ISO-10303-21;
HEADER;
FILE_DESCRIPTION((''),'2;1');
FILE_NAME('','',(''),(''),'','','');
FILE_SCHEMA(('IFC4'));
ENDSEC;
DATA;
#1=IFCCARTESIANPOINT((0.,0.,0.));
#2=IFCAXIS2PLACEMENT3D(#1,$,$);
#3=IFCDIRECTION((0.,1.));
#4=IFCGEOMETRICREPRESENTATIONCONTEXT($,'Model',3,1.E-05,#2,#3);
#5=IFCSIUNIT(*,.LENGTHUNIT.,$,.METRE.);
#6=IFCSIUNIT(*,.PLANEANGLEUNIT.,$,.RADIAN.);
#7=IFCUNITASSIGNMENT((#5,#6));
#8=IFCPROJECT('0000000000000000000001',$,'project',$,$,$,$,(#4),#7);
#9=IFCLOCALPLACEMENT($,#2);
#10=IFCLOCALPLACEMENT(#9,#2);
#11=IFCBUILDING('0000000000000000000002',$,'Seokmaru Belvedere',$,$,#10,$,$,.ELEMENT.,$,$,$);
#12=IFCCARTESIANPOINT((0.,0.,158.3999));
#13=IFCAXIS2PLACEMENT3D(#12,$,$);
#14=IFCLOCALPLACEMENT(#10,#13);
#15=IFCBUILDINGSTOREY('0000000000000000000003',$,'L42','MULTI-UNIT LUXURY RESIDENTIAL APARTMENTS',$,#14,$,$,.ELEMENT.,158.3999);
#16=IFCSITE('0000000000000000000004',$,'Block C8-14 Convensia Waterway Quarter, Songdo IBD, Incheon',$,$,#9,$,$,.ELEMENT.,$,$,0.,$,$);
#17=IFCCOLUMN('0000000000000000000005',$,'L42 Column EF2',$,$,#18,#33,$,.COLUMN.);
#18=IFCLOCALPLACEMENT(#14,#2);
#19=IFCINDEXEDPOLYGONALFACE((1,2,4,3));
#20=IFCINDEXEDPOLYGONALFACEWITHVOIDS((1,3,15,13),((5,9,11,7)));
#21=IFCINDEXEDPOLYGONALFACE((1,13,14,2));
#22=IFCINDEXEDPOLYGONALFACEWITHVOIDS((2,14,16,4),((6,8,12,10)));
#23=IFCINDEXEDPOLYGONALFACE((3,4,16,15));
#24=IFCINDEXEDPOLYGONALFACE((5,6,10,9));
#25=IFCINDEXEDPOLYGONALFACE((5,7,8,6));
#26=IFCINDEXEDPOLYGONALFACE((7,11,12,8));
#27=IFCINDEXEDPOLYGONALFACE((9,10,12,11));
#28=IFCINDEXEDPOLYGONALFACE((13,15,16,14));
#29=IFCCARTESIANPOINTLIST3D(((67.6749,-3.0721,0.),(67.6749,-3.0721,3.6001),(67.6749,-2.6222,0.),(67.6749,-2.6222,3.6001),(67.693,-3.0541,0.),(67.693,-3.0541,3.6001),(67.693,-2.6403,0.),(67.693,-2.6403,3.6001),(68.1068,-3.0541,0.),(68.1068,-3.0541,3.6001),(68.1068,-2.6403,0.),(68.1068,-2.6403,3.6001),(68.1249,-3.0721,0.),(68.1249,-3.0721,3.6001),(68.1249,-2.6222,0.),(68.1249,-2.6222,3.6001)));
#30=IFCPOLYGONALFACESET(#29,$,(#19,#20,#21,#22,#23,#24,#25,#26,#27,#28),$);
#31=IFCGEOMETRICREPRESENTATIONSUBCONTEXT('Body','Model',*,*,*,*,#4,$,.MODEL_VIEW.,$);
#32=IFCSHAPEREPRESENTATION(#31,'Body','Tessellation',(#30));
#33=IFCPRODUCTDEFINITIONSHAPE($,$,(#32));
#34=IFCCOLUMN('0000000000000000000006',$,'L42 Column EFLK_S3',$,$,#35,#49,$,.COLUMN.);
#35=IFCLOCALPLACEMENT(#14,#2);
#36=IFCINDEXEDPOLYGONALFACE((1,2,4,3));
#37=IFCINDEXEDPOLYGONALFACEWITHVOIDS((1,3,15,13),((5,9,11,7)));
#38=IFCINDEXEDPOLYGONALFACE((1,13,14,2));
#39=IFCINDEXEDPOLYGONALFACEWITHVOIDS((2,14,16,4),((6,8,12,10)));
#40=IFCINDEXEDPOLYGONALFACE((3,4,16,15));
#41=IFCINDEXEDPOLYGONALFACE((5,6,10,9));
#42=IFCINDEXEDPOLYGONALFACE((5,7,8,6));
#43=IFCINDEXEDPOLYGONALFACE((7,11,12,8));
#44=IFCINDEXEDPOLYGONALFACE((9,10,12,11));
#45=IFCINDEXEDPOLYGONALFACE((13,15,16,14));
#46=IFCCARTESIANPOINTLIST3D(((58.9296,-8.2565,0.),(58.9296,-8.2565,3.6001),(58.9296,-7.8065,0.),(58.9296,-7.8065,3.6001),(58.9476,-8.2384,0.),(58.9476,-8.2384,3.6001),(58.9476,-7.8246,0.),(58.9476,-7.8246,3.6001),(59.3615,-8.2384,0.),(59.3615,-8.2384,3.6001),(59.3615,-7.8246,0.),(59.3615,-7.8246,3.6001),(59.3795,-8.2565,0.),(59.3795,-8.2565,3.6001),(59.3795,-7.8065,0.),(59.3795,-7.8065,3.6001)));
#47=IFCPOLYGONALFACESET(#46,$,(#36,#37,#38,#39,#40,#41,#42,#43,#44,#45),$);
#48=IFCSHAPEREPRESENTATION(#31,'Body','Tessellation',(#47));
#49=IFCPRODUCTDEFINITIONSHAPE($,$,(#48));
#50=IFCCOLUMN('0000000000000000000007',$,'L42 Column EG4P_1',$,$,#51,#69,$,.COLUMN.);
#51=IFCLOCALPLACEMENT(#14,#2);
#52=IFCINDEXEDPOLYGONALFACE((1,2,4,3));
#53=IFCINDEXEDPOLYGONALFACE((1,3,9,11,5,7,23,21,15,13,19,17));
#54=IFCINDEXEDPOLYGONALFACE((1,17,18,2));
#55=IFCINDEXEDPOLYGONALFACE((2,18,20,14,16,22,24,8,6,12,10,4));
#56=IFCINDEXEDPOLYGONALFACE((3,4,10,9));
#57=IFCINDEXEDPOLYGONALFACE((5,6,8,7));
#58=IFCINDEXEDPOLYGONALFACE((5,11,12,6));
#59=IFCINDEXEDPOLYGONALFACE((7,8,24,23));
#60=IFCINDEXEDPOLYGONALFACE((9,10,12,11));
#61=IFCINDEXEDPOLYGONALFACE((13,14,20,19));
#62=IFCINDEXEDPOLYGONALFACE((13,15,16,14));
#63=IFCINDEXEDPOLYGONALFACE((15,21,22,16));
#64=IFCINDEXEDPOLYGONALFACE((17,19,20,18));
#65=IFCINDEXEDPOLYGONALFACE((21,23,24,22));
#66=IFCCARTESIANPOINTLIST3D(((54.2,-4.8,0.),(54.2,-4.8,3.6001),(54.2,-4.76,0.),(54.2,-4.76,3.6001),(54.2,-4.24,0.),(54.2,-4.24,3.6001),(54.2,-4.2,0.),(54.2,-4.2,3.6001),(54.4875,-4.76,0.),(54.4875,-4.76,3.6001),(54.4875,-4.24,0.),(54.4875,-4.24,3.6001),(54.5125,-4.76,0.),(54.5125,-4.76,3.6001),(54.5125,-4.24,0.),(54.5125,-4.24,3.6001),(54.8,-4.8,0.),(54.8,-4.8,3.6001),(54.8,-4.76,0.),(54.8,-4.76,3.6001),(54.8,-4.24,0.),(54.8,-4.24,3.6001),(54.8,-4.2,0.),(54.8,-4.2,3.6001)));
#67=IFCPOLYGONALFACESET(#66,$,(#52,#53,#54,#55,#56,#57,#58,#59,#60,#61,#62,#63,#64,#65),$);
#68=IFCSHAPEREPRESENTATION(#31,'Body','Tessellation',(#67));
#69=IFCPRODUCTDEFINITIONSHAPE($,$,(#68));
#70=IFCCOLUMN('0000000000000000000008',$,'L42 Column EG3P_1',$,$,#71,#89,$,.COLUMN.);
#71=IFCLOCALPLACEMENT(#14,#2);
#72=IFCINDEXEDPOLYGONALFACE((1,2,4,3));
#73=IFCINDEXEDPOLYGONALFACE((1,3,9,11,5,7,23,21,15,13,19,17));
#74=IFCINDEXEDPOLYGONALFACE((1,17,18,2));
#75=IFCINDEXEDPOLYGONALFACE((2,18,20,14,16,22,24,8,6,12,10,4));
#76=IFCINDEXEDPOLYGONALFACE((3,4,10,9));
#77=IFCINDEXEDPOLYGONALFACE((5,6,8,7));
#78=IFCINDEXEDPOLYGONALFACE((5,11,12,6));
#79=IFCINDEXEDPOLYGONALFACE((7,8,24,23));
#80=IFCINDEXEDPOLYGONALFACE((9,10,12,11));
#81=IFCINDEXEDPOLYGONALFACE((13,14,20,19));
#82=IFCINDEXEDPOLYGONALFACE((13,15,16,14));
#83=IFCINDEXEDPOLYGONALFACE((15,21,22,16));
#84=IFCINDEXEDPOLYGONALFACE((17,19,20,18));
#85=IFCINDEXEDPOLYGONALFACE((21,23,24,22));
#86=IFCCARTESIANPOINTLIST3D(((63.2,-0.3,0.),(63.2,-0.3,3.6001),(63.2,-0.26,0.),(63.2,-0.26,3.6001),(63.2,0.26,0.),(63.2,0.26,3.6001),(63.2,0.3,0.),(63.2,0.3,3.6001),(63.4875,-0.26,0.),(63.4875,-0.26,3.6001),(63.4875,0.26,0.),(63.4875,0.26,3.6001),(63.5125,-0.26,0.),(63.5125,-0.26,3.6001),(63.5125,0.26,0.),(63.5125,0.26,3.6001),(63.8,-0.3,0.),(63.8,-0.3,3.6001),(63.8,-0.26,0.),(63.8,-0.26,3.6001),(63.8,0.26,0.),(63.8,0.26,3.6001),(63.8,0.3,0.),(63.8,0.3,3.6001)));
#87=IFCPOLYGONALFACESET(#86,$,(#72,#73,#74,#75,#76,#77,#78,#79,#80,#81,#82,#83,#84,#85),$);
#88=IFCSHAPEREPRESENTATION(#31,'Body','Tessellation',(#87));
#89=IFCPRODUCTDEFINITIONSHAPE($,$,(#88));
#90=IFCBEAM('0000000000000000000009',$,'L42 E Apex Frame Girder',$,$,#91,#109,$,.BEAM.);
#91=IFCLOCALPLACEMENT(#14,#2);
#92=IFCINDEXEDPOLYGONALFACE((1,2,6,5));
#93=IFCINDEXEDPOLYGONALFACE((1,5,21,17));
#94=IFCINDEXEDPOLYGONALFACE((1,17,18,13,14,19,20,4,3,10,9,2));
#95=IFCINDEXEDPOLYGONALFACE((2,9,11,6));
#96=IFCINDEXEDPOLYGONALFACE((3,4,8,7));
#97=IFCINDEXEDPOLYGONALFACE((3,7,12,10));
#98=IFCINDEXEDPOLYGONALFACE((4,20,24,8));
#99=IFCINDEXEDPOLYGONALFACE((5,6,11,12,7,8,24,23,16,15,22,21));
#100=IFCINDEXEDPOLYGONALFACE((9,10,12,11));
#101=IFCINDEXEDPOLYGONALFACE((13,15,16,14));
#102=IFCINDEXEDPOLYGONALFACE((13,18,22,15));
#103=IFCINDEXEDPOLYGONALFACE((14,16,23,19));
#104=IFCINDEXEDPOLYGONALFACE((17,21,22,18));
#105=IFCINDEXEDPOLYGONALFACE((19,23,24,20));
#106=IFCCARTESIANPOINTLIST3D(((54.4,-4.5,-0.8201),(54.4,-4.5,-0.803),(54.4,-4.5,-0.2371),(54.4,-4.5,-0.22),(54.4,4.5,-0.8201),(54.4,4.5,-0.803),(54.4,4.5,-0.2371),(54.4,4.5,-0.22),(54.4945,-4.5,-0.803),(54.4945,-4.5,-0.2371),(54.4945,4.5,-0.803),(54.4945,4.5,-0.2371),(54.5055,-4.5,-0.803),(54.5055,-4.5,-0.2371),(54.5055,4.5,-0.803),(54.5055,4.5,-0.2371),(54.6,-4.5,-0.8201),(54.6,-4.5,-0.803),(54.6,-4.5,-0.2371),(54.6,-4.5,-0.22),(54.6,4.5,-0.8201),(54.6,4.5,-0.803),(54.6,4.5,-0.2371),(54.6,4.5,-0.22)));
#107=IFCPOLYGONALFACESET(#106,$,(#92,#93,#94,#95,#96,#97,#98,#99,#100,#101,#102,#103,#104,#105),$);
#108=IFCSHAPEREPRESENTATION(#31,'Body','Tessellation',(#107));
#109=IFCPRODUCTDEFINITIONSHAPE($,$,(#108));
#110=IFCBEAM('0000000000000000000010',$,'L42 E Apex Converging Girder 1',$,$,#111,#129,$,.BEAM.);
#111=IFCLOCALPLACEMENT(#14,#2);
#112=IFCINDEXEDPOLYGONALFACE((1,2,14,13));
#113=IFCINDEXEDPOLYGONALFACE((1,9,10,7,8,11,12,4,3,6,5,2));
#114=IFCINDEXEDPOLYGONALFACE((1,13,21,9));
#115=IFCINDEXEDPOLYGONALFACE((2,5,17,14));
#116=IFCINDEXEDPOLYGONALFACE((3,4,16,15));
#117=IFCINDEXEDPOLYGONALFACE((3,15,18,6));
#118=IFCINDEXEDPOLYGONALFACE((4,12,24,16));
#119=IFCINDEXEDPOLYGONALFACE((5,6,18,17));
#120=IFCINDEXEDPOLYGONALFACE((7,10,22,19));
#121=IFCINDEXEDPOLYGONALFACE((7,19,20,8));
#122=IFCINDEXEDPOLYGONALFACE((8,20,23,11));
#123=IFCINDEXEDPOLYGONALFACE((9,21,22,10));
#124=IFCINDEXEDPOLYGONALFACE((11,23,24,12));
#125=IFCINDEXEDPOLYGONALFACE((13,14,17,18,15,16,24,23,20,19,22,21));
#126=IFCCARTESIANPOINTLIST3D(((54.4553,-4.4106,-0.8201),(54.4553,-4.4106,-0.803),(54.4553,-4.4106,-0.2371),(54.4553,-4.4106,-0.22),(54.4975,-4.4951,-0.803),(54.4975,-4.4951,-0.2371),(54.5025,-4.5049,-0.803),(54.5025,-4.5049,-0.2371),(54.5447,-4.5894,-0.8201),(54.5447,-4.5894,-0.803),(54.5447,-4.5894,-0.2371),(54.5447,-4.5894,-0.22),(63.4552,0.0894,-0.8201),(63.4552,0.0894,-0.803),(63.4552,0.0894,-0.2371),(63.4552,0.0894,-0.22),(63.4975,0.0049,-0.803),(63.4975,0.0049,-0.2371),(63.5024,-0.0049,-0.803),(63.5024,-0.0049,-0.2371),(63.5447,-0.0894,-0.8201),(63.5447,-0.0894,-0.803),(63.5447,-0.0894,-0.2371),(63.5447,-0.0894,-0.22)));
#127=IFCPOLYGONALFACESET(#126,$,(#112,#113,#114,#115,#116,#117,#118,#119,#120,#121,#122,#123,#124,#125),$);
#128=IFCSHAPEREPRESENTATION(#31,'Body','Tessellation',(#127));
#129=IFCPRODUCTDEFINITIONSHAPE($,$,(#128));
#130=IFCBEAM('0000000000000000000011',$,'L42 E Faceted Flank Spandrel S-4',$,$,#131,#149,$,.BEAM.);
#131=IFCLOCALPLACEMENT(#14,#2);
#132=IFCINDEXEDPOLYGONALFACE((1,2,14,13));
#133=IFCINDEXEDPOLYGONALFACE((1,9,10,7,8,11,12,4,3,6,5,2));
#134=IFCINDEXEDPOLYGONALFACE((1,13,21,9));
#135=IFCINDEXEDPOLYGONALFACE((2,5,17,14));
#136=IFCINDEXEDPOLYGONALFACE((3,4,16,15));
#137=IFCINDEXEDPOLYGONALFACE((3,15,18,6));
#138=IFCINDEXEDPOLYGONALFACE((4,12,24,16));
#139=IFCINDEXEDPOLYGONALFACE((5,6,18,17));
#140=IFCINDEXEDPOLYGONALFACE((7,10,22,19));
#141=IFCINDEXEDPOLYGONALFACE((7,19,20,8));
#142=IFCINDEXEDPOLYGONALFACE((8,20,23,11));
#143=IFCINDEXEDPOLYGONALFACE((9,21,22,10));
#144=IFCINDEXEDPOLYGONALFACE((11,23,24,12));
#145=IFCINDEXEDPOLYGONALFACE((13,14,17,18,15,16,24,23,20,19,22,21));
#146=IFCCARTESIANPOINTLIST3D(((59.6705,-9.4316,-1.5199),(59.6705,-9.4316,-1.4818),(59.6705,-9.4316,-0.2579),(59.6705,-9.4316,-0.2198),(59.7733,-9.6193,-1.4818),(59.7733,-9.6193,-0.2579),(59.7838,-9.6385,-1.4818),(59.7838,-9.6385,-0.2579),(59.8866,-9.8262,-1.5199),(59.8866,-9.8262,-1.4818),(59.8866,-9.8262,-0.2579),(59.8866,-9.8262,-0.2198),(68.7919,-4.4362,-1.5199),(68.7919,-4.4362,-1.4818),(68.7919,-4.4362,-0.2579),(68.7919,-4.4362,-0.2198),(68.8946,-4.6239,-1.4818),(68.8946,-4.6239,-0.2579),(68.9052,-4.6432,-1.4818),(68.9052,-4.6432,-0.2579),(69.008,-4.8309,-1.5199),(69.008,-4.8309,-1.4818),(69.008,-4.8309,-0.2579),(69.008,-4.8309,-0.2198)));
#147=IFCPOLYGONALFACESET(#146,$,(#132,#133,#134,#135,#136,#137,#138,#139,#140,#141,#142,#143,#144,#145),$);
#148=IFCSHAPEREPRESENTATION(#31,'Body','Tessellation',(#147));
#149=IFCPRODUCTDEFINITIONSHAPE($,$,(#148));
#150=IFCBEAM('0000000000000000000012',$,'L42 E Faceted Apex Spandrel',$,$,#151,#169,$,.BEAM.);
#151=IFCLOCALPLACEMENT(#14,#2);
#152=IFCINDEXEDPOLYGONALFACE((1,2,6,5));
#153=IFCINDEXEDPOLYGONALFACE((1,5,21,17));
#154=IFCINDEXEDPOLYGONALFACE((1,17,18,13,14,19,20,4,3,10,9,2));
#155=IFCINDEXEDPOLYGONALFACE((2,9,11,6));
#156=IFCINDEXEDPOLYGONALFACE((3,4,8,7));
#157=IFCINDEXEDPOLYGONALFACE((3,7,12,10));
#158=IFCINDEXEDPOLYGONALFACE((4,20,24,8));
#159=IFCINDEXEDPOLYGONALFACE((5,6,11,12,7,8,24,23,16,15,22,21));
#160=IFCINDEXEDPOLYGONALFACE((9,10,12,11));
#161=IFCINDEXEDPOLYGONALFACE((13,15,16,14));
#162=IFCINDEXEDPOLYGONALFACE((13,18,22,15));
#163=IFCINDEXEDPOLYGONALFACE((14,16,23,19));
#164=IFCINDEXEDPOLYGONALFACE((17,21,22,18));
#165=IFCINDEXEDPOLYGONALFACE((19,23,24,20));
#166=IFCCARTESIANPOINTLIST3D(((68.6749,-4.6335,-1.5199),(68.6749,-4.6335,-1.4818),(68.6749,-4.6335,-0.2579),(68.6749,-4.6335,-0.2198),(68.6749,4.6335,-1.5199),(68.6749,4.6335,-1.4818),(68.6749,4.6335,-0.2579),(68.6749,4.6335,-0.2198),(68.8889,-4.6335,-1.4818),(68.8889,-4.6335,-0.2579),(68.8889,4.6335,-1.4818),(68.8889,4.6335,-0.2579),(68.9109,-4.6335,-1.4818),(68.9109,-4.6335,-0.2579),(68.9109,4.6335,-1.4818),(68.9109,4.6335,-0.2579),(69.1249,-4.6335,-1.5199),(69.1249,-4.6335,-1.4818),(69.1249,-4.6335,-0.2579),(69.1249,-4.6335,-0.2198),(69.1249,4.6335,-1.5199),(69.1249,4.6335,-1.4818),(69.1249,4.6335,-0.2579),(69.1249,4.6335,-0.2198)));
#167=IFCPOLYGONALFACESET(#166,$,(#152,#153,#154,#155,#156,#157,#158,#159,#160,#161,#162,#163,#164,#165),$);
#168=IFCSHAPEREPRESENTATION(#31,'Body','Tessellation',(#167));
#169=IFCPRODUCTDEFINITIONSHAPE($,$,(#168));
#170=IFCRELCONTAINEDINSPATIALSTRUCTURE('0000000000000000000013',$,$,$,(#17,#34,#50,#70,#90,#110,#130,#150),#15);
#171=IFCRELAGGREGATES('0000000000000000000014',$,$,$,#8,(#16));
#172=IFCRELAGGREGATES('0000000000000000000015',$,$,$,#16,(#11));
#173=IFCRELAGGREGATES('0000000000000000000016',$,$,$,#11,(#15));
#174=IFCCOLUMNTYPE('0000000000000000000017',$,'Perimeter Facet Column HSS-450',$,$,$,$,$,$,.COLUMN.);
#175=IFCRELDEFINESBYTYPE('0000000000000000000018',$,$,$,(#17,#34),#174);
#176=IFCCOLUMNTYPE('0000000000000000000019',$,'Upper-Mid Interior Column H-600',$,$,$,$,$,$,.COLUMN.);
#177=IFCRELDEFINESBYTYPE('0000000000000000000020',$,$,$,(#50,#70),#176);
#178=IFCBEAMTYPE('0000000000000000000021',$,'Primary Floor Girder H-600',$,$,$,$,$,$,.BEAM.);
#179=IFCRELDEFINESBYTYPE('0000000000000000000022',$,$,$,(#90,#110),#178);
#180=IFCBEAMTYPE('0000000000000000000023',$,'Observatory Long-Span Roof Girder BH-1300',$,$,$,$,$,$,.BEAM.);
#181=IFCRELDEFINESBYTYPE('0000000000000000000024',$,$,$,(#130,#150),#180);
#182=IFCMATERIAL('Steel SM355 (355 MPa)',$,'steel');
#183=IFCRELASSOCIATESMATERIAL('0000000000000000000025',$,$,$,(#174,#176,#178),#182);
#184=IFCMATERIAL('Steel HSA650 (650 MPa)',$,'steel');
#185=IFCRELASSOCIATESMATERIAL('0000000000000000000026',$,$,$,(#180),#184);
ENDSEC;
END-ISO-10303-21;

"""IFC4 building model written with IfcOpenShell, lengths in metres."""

from ifc_helpers import new_model, si_unit, direction, frame, origin, origin_2d, place, context, subcontext, project, spatial, hollow_rectangle, i_section, extrude, source, transform, mapped, material, material_profile, profile_set, type_object, type_shapes, element, save


model = new_model("IFC4")

# Units and contexts
model_context = context("Model", 3, precision=1e-05, world=origin(), true_north=direction((0.0, 1.0)))
body_context = subcontext(model_context, "Body", "Model", "MODEL_VIEW")
ifc_project = project(units=[si_unit("LENGTHUNIT", "METRE"), si_unit("PLANEANGLEUNIT", "RADIAN")], contexts=[model_context])

# Site, building, storey
site_placement = place(None, origin())
site = spatial("IfcSite", under=ifc_project, at=site_placement, Name="Block C8-14 Convensia Waterway Quarter, Songdo IBD, Incheon", CompositionType="ELEMENT", RefElevation=0.0)
building_placement = place(site_placement, origin())
building = spatial("IfcBuilding", under=site, at=building_placement, Name="Seokmaru Belvedere", CompositionType="ELEMENT")
storey_placement = place(building_placement, frame((0.0, 0.0, 158.3999)))
storey = spatial("IfcBuildingStorey", under=building, at=storey_placement, Name="L42", Description="MULTI-UNIT LUXURY RESIDENTIAL APARTMENTS", CompositionType="ELEMENT", Elevation=158.3999)

# Columns
ifc_material_1 = material(Name="Steel SM355 (355 MPa)", Category="steel")
ifc_material_profile_1 = material_profile(ifc_material_1, hollow_rectangle(XDim=0.45, YDim=0.45, WallThickness=0.0181, at=origin_2d()), Name="HSS-450x450x18")
ifc_profile_set_1 = profile_set([ifc_material_profile_1], Name="Steel SM355 (355 MPa)")
column_type_1 = type_object("IfcColumnType", Name="Perimeter Facet Column HSS-450", PredefinedType="COLUMN", material=ifc_profile_set_1)
shared_shape_1 = source(origin(), body_context, "Body", "SweptSolid", [
    extrude(hollow_rectangle(XDim=0.45, YDim=0.45, WallThickness=0.0181, at=origin_2d()), origin(), (0.0, 0.0, 1.0), 3.6001),
])
type_shapes(column_type_1, [shared_shape_1])
for number, where, z_axis, x_axis, name in (
    (1, (67.8999, -2.8472, 0.0), (0.0, 0.0, 1.0), (1.0, 0.0, 0.0), "L42 Column EF2"),
    (2, (59.1545, -8.0315, 0.0), (0.0, 0.0, 1.0), (1.0, 0.0, 0.0), "L42 Column EFLK_S3"),
):
    element("IfcColumn", number, at=place(storey_placement, frame(where, z_axis=z_axis, x_axis=x_axis)), inside=storey, type_object=column_type_1, Name=name, PredefinedType="COLUMN", context=body_context, shape_type="MappedRepresentation", body=[
        mapped(shared_shape_1, transform((0.0, 0.0, 0.0), scale=1.0)),
    ])
ifc_material_profile_2 = material_profile(ifc_material_1, i_section(OverallWidth=0.6001, OverallDepth=0.6001, WebThickness=0.0249, FlangeThickness=0.04, at=origin_2d()), Name="H-600x600x25x40")
ifc_profile_set_2 = profile_set([ifc_material_profile_2], Name="Steel SM355 (355 MPa)")
column_type_2 = type_object("IfcColumnType", Name="Upper-Mid Interior Column H-600", PredefinedType="COLUMN", material=ifc_profile_set_2)
shared_shape_2 = source(origin(), body_context, "Body", "SweptSolid", [
    extrude(i_section(OverallWidth=0.6001, OverallDepth=0.6001, WebThickness=0.0249, FlangeThickness=0.04, at=origin_2d()), origin(), (0.0, 0.0, 1.0), 3.6001),
])
type_shapes(column_type_2, [shared_shape_2])
for number, where, z_axis, x_axis, name in (
    (3, (54.5, -4.5, 0.0), (0.0, 0.0, 1.0), (1.0, 0.0, 0.0), "L42 Column EG4P_1"),
    (4, (63.5, 0.0, 0.0), (0.0, 0.0, 1.0), (1.0, 0.0, 0.0), "L42 Column EG3P_1"),
):
    element("IfcColumn", number, at=place(storey_placement, frame(where, z_axis=z_axis, x_axis=x_axis)), inside=storey, type_object=column_type_2, Name=name, PredefinedType="COLUMN", context=body_context, shape_type="MappedRepresentation", body=[
        mapped(shared_shape_2, transform((0.0, 0.0, 0.0), scale=1.0)),
    ])

# Beams
ifc_material_profile_3 = material_profile(ifc_material_1, i_section(OverallWidth=0.2, OverallDepth=0.6001, WebThickness=0.011, FlangeThickness=0.0171, at=origin_2d()), Name="H-600x200x11x17")
ifc_profile_set_3 = profile_set([ifc_material_profile_3], Name="Steel SM355 (355 MPa)")
beam_type_1 = type_object("IfcBeamType", Name="Primary Floor Girder H-600", PredefinedType="BEAM", material=ifc_profile_set_3)
shared_shape_3 = source(origin(), body_context, "Body", "SweptSolid", [
    extrude(i_section(OverallWidth=0.2, OverallDepth=0.6001, WebThickness=0.011, FlangeThickness=0.0171, at=origin_2d()), origin(), (0.0, 0.0, 1.0), 9.0),
])
beam_1_placement = place(storey_placement, frame((54.5, -4.5, -0.52), z_axis=(0.0, 1.0, 0.0), x_axis=(-1.0, 0.0, 0.0)))
element("IfcBeam", 5, at=beam_1_placement, inside=storey, type_object=beam_type_1, Name="L42 E Apex Frame Girder", PredefinedType="BEAM", context=body_context, shape_type="MappedRepresentation", body=[
    mapped(shared_shape_3, transform((0.0, 0.0, 0.0), scale=1.0)),
])
shared_shape_4 = source(origin(), body_context, "Body", "SweptSolid", [
    extrude(i_section(OverallWidth=0.2, OverallDepth=0.6001, WebThickness=0.011, FlangeThickness=0.0171, at=origin_2d()), origin(), (0.0, 0.0, 1.0), 10.0623),
])
type_shapes(beam_type_1, [shared_shape_3, shared_shape_4])
beam_2_placement = place(storey_placement, frame((54.5, -4.5, -0.52), z_axis=(0.894427, 0.447214, 0.0), x_axis=(-0.447214, 0.894427, 0.0)))
element("IfcBeam", 6, at=beam_2_placement, inside=storey, type_object=beam_type_1, Name="L42 E Apex Converging Girder 1", PredefinedType="BEAM", context=body_context, shape_type="MappedRepresentation", body=[
    mapped(shared_shape_4, transform((0.0, 0.0, 0.0), scale=1.0)),
])
ifc_material_2 = material(Name="Steel HSA650 (650 MPa)", Category="steel")
ifc_material_profile_4 = material_profile(ifc_material_2, i_section(OverallWidth=0.45, OverallDepth=1.3, WebThickness=0.022, FlangeThickness=0.0381, at=origin_2d()), Name="BH-1300x450x22x38")
ifc_profile_set_4 = profile_set([ifc_material_profile_4], Name="Steel HSA650 (650 MPa)")
beam_type_2 = type_object("IfcBeamType", Name="Observatory Long-Span Roof Girder BH-1300", PredefinedType="BEAM", material=ifc_profile_set_4)
shared_shape_5 = source(origin(), body_context, "Body", "SweptSolid", [
    extrude(i_section(OverallWidth=0.45, OverallDepth=1.3, WebThickness=0.022, FlangeThickness=0.0381, at=origin_2d()), origin(), (0.0, 0.0, 1.0), 10.3997),
])
beam_3_placement = place(storey_placement, frame((59.7786, -9.6289, -0.8699), z_axis=(0.877082, 0.48034, 0.0), x_axis=(-0.48034, 0.877082, 0.0)))
element("IfcBeam", 7, at=beam_3_placement, inside=storey, type_object=beam_type_2, Name="L42 E Faceted Flank Spandrel S-4", PredefinedType="BEAM", context=body_context, shape_type="MappedRepresentation", body=[
    mapped(shared_shape_5, transform((0.0, 0.0, 0.0), scale=1.0)),
])
shared_shape_6 = source(origin(), body_context, "Body", "SweptSolid", [
    extrude(i_section(OverallWidth=0.45, OverallDepth=1.3, WebThickness=0.022, FlangeThickness=0.0381, at=origin_2d()), origin(), (0.0, 0.0, 1.0), 9.2671),
])
beam_4_placement = place(storey_placement, frame((68.8999, -4.6335, -0.8699), z_axis=(0.0, 1.0, 0.0), x_axis=(-1.0, 0.0, 0.0)))
element("IfcBeam", 8, at=beam_4_placement, inside=storey, type_object=beam_type_2, Name="L42 E Faceted Apex Spandrel", PredefinedType="BEAM", context=body_context, shape_type="MappedRepresentation", body=[
    mapped(shared_shape_6, transform((0.0, 0.0, 0.0), scale=1.0)),
])

save(model, "model.ifc")
